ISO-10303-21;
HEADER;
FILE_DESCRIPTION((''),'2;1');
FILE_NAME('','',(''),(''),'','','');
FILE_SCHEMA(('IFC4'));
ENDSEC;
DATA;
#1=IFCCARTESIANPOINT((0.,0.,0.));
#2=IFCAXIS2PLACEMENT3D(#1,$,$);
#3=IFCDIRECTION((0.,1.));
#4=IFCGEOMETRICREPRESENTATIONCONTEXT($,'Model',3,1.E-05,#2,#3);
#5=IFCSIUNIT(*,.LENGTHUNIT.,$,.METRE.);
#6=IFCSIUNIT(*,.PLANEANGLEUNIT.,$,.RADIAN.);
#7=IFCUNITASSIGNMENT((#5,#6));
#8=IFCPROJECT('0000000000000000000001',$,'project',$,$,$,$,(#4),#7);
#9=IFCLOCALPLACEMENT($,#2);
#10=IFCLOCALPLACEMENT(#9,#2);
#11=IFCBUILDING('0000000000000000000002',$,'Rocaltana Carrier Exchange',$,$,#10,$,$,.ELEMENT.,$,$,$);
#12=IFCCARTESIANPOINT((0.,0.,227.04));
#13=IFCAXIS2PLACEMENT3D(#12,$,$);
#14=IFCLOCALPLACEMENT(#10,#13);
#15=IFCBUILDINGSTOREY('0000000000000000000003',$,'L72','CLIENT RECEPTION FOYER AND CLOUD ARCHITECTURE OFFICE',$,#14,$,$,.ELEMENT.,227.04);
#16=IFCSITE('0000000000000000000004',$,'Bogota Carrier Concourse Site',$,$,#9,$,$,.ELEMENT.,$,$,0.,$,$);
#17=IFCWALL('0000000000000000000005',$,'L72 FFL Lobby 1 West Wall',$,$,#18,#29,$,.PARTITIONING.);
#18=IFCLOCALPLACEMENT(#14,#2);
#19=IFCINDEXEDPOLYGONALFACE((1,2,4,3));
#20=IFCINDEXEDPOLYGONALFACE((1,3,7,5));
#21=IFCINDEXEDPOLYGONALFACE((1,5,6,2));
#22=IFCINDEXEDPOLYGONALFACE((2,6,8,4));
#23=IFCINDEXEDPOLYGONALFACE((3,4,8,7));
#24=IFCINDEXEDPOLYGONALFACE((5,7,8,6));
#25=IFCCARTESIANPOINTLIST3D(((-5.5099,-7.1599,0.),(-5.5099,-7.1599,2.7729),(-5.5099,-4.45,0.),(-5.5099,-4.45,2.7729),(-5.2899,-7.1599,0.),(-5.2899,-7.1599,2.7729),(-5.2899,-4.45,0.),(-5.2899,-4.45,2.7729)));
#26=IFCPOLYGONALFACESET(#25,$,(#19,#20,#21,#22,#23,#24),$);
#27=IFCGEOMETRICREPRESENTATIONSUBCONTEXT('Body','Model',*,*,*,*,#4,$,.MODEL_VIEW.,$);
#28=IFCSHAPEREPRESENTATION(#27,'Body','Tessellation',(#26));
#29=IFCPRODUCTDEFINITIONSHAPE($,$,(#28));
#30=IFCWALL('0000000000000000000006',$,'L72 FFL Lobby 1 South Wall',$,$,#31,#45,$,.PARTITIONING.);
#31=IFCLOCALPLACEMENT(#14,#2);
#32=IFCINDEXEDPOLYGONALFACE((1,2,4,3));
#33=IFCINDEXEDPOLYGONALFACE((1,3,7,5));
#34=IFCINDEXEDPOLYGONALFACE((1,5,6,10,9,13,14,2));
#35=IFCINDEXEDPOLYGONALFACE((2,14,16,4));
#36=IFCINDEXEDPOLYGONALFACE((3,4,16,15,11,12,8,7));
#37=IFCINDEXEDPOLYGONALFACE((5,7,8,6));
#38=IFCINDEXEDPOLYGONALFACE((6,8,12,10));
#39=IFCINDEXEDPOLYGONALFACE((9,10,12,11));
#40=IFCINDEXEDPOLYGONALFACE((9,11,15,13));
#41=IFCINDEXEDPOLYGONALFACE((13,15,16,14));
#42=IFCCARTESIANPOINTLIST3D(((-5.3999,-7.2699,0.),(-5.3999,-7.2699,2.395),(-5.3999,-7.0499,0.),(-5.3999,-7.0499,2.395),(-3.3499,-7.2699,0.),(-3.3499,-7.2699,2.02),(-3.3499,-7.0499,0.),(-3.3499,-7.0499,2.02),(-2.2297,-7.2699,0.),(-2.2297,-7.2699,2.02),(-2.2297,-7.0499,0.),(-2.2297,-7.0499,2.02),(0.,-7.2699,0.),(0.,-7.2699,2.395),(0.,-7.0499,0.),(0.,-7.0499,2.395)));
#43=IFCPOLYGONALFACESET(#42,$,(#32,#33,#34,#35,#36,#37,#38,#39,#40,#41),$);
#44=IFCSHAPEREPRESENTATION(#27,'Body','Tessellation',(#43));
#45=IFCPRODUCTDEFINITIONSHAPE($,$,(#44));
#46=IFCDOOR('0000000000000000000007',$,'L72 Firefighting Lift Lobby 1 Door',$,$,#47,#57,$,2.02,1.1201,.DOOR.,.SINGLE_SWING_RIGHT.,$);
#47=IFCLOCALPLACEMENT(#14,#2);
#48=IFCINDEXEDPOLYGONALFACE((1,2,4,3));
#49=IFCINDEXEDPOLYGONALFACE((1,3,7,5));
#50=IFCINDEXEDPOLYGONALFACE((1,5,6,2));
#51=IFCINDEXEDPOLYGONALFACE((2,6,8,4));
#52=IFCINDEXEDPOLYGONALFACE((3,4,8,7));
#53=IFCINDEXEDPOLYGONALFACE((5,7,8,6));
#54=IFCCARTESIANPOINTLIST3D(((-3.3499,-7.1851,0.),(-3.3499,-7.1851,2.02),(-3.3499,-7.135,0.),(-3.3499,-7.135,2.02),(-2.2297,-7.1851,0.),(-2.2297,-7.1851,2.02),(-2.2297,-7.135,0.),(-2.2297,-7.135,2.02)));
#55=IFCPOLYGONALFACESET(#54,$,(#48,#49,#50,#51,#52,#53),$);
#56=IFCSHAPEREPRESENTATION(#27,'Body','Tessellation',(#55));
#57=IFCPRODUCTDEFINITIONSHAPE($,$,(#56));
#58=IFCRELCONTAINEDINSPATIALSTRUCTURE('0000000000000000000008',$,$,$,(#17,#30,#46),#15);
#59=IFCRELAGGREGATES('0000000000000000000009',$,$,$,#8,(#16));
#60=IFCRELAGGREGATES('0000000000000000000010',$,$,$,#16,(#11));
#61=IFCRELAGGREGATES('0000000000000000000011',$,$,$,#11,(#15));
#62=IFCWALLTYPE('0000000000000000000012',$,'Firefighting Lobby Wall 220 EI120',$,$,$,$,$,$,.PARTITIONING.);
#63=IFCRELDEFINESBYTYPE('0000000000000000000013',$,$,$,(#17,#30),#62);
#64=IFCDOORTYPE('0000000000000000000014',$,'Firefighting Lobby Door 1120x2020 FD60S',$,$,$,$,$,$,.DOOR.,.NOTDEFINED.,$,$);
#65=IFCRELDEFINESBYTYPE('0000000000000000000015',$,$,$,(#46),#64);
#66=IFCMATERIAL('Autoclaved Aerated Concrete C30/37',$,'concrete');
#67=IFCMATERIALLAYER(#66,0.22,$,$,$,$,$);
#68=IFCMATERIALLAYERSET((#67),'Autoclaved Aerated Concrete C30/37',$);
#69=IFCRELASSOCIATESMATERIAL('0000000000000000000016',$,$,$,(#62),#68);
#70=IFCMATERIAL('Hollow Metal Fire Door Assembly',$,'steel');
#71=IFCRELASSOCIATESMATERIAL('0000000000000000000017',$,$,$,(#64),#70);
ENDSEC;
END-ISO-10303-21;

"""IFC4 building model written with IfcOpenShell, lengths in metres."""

from ifc_helpers import new_model, si_unit, direction, frame, frame_2d, origin, place, context, subcontext, project, spatial, rectangle, extrude, material, layer, layer_set, type_object, element, fill, save


model = new_model("IFC4")

# Units and contexts
model_context = context("Model", 3, precision=1e-05, world=origin(), true_north=direction((0.0, 1.0)))
body_context = subcontext(model_context, "Body", "Model", "MODEL_VIEW")
ifc_project = project(units=[si_unit("LENGTHUNIT", "METRE"), si_unit("PLANEANGLEUNIT", "RADIAN")], contexts=[model_context])

# Site, building, storey
site_placement = place(None, origin())
site = spatial("IfcSite", under=ifc_project, at=site_placement, Name="Bogota Carrier Concourse Site", CompositionType="ELEMENT", RefElevation=0.0)
building_placement = place(site_placement, origin())
building = spatial("IfcBuilding", under=site, at=building_placement, Name="Rocaltana Carrier Exchange", CompositionType="ELEMENT")
storey_placement = place(building_placement, frame((0.0, 0.0, 227.04)))
storey = spatial("IfcBuildingStorey", under=building, at=storey_placement, Name="L72", Description="CLIENT RECEPTION FOYER AND CLOUD ARCHITECTURE OFFICE", CompositionType="ELEMENT", Elevation=227.04)

# Wall
ifc_material_1 = material(Name="Autoclaved Aerated Concrete C30/37", Category="concrete")
ifc_layer_1 = layer(ifc_material_1, 0.22)
ifc_layer_set_1 = layer_set([ifc_layer_1], Name="Autoclaved Aerated Concrete C30/37")
wall_type_1 = type_object("IfcWallType", Name="Firefighting Lobby Wall 220 EI120", PredefinedType="PARTITIONING", material=ifc_layer_set_1)
wall_1_placement = place(storey_placement, frame((-5.3999, -7.1599, 0.0), z_axis=(0.0, 0.0, 1.0), x_axis=(0.0, 1.0, 0.0)))
element("IfcWall", 1, at=wall_1_placement, inside=storey, type_object=wall_type_1, Name="L72 FFL Lobby 1 West Wall", PredefinedType="PARTITIONING", context=body_context, shape_type="SweptSolid", body=[
    extrude(rectangle(XDim=2.71, YDim=0.22, at=frame_2d((1.355, 0.0))), origin(), (0.0, 0.0, 1.0), 2.7729),
])

# Wall, opening, door
wall_2_placement = place(storey_placement, frame((-5.3999, -7.1599, 0.0), z_axis=(0.0, 0.0, 1.0), x_axis=(1.0, 0.0, 0.0)))
wall_2 = element("IfcWall", 2, at=wall_2_placement, inside=storey, type_object=wall_type_1, Name="L72 FFL Lobby 1 South Wall", PredefinedType="PARTITIONING", context=body_context, shape_type="SweptSolid", body=[
    extrude(rectangle(XDim=5.3999, YDim=0.22, at=frame_2d((2.7, 0.0))), origin(), (0.0, 0.0, 1.0), 2.395),
])
opening_1_placement = place(wall_2_placement, frame((2.05, 0.0, 0.0)))
opening_1 = element("IfcOpeningElement", 3, at=opening_1_placement, cuts=wall_2, PredefinedType="OPENING", context=body_context, shape_type="SweptSolid", body=[
    extrude(rectangle(XDim=1.1201, YDim=2.02, at=frame_2d((0.5601, 1.01))), frame((0.0, 0.1199, 0.0), z_axis=(0.0, -1.0, 0.0), x_axis=(1.0, 0.0, 0.0)), (0.0, 0.0, 1.0), 0.24),
])
ifc_material_2 = material(Name="Hollow Metal Fire Door Assembly", Category="steel")
door_type_1 = type_object("IfcDoorType", Name="Firefighting Lobby Door 1120x2020 FD60S", OperationType="NOTDEFINED", PredefinedType="DOOR", material=ifc_material_2)
door_1_placement = place(opening_1_placement, origin())
door_1 = element("IfcDoor", 4, at=door_1_placement, inside=storey, type_object=door_type_1, Name="L72 Firefighting Lift Lobby 1 Door", OperationType="SINGLE_SWING_RIGHT", OverallHeight=2.02, OverallWidth=1.1201, PredefinedType="DOOR", context=body_context, shape_type="SweptSolid", body=[
    extrude(rectangle(XDim=1.1201, YDim=2.02, at=frame_2d((0.5601, 1.01))), frame((0.0, 0.0249, 0.0), z_axis=(0.0, -1.0, 0.0), x_axis=(1.0, 0.0, 0.0)), (0.0, 0.0, 1.0), 0.05),
])
fill(opening_1, door_1)

save(model, "model.ifc")
